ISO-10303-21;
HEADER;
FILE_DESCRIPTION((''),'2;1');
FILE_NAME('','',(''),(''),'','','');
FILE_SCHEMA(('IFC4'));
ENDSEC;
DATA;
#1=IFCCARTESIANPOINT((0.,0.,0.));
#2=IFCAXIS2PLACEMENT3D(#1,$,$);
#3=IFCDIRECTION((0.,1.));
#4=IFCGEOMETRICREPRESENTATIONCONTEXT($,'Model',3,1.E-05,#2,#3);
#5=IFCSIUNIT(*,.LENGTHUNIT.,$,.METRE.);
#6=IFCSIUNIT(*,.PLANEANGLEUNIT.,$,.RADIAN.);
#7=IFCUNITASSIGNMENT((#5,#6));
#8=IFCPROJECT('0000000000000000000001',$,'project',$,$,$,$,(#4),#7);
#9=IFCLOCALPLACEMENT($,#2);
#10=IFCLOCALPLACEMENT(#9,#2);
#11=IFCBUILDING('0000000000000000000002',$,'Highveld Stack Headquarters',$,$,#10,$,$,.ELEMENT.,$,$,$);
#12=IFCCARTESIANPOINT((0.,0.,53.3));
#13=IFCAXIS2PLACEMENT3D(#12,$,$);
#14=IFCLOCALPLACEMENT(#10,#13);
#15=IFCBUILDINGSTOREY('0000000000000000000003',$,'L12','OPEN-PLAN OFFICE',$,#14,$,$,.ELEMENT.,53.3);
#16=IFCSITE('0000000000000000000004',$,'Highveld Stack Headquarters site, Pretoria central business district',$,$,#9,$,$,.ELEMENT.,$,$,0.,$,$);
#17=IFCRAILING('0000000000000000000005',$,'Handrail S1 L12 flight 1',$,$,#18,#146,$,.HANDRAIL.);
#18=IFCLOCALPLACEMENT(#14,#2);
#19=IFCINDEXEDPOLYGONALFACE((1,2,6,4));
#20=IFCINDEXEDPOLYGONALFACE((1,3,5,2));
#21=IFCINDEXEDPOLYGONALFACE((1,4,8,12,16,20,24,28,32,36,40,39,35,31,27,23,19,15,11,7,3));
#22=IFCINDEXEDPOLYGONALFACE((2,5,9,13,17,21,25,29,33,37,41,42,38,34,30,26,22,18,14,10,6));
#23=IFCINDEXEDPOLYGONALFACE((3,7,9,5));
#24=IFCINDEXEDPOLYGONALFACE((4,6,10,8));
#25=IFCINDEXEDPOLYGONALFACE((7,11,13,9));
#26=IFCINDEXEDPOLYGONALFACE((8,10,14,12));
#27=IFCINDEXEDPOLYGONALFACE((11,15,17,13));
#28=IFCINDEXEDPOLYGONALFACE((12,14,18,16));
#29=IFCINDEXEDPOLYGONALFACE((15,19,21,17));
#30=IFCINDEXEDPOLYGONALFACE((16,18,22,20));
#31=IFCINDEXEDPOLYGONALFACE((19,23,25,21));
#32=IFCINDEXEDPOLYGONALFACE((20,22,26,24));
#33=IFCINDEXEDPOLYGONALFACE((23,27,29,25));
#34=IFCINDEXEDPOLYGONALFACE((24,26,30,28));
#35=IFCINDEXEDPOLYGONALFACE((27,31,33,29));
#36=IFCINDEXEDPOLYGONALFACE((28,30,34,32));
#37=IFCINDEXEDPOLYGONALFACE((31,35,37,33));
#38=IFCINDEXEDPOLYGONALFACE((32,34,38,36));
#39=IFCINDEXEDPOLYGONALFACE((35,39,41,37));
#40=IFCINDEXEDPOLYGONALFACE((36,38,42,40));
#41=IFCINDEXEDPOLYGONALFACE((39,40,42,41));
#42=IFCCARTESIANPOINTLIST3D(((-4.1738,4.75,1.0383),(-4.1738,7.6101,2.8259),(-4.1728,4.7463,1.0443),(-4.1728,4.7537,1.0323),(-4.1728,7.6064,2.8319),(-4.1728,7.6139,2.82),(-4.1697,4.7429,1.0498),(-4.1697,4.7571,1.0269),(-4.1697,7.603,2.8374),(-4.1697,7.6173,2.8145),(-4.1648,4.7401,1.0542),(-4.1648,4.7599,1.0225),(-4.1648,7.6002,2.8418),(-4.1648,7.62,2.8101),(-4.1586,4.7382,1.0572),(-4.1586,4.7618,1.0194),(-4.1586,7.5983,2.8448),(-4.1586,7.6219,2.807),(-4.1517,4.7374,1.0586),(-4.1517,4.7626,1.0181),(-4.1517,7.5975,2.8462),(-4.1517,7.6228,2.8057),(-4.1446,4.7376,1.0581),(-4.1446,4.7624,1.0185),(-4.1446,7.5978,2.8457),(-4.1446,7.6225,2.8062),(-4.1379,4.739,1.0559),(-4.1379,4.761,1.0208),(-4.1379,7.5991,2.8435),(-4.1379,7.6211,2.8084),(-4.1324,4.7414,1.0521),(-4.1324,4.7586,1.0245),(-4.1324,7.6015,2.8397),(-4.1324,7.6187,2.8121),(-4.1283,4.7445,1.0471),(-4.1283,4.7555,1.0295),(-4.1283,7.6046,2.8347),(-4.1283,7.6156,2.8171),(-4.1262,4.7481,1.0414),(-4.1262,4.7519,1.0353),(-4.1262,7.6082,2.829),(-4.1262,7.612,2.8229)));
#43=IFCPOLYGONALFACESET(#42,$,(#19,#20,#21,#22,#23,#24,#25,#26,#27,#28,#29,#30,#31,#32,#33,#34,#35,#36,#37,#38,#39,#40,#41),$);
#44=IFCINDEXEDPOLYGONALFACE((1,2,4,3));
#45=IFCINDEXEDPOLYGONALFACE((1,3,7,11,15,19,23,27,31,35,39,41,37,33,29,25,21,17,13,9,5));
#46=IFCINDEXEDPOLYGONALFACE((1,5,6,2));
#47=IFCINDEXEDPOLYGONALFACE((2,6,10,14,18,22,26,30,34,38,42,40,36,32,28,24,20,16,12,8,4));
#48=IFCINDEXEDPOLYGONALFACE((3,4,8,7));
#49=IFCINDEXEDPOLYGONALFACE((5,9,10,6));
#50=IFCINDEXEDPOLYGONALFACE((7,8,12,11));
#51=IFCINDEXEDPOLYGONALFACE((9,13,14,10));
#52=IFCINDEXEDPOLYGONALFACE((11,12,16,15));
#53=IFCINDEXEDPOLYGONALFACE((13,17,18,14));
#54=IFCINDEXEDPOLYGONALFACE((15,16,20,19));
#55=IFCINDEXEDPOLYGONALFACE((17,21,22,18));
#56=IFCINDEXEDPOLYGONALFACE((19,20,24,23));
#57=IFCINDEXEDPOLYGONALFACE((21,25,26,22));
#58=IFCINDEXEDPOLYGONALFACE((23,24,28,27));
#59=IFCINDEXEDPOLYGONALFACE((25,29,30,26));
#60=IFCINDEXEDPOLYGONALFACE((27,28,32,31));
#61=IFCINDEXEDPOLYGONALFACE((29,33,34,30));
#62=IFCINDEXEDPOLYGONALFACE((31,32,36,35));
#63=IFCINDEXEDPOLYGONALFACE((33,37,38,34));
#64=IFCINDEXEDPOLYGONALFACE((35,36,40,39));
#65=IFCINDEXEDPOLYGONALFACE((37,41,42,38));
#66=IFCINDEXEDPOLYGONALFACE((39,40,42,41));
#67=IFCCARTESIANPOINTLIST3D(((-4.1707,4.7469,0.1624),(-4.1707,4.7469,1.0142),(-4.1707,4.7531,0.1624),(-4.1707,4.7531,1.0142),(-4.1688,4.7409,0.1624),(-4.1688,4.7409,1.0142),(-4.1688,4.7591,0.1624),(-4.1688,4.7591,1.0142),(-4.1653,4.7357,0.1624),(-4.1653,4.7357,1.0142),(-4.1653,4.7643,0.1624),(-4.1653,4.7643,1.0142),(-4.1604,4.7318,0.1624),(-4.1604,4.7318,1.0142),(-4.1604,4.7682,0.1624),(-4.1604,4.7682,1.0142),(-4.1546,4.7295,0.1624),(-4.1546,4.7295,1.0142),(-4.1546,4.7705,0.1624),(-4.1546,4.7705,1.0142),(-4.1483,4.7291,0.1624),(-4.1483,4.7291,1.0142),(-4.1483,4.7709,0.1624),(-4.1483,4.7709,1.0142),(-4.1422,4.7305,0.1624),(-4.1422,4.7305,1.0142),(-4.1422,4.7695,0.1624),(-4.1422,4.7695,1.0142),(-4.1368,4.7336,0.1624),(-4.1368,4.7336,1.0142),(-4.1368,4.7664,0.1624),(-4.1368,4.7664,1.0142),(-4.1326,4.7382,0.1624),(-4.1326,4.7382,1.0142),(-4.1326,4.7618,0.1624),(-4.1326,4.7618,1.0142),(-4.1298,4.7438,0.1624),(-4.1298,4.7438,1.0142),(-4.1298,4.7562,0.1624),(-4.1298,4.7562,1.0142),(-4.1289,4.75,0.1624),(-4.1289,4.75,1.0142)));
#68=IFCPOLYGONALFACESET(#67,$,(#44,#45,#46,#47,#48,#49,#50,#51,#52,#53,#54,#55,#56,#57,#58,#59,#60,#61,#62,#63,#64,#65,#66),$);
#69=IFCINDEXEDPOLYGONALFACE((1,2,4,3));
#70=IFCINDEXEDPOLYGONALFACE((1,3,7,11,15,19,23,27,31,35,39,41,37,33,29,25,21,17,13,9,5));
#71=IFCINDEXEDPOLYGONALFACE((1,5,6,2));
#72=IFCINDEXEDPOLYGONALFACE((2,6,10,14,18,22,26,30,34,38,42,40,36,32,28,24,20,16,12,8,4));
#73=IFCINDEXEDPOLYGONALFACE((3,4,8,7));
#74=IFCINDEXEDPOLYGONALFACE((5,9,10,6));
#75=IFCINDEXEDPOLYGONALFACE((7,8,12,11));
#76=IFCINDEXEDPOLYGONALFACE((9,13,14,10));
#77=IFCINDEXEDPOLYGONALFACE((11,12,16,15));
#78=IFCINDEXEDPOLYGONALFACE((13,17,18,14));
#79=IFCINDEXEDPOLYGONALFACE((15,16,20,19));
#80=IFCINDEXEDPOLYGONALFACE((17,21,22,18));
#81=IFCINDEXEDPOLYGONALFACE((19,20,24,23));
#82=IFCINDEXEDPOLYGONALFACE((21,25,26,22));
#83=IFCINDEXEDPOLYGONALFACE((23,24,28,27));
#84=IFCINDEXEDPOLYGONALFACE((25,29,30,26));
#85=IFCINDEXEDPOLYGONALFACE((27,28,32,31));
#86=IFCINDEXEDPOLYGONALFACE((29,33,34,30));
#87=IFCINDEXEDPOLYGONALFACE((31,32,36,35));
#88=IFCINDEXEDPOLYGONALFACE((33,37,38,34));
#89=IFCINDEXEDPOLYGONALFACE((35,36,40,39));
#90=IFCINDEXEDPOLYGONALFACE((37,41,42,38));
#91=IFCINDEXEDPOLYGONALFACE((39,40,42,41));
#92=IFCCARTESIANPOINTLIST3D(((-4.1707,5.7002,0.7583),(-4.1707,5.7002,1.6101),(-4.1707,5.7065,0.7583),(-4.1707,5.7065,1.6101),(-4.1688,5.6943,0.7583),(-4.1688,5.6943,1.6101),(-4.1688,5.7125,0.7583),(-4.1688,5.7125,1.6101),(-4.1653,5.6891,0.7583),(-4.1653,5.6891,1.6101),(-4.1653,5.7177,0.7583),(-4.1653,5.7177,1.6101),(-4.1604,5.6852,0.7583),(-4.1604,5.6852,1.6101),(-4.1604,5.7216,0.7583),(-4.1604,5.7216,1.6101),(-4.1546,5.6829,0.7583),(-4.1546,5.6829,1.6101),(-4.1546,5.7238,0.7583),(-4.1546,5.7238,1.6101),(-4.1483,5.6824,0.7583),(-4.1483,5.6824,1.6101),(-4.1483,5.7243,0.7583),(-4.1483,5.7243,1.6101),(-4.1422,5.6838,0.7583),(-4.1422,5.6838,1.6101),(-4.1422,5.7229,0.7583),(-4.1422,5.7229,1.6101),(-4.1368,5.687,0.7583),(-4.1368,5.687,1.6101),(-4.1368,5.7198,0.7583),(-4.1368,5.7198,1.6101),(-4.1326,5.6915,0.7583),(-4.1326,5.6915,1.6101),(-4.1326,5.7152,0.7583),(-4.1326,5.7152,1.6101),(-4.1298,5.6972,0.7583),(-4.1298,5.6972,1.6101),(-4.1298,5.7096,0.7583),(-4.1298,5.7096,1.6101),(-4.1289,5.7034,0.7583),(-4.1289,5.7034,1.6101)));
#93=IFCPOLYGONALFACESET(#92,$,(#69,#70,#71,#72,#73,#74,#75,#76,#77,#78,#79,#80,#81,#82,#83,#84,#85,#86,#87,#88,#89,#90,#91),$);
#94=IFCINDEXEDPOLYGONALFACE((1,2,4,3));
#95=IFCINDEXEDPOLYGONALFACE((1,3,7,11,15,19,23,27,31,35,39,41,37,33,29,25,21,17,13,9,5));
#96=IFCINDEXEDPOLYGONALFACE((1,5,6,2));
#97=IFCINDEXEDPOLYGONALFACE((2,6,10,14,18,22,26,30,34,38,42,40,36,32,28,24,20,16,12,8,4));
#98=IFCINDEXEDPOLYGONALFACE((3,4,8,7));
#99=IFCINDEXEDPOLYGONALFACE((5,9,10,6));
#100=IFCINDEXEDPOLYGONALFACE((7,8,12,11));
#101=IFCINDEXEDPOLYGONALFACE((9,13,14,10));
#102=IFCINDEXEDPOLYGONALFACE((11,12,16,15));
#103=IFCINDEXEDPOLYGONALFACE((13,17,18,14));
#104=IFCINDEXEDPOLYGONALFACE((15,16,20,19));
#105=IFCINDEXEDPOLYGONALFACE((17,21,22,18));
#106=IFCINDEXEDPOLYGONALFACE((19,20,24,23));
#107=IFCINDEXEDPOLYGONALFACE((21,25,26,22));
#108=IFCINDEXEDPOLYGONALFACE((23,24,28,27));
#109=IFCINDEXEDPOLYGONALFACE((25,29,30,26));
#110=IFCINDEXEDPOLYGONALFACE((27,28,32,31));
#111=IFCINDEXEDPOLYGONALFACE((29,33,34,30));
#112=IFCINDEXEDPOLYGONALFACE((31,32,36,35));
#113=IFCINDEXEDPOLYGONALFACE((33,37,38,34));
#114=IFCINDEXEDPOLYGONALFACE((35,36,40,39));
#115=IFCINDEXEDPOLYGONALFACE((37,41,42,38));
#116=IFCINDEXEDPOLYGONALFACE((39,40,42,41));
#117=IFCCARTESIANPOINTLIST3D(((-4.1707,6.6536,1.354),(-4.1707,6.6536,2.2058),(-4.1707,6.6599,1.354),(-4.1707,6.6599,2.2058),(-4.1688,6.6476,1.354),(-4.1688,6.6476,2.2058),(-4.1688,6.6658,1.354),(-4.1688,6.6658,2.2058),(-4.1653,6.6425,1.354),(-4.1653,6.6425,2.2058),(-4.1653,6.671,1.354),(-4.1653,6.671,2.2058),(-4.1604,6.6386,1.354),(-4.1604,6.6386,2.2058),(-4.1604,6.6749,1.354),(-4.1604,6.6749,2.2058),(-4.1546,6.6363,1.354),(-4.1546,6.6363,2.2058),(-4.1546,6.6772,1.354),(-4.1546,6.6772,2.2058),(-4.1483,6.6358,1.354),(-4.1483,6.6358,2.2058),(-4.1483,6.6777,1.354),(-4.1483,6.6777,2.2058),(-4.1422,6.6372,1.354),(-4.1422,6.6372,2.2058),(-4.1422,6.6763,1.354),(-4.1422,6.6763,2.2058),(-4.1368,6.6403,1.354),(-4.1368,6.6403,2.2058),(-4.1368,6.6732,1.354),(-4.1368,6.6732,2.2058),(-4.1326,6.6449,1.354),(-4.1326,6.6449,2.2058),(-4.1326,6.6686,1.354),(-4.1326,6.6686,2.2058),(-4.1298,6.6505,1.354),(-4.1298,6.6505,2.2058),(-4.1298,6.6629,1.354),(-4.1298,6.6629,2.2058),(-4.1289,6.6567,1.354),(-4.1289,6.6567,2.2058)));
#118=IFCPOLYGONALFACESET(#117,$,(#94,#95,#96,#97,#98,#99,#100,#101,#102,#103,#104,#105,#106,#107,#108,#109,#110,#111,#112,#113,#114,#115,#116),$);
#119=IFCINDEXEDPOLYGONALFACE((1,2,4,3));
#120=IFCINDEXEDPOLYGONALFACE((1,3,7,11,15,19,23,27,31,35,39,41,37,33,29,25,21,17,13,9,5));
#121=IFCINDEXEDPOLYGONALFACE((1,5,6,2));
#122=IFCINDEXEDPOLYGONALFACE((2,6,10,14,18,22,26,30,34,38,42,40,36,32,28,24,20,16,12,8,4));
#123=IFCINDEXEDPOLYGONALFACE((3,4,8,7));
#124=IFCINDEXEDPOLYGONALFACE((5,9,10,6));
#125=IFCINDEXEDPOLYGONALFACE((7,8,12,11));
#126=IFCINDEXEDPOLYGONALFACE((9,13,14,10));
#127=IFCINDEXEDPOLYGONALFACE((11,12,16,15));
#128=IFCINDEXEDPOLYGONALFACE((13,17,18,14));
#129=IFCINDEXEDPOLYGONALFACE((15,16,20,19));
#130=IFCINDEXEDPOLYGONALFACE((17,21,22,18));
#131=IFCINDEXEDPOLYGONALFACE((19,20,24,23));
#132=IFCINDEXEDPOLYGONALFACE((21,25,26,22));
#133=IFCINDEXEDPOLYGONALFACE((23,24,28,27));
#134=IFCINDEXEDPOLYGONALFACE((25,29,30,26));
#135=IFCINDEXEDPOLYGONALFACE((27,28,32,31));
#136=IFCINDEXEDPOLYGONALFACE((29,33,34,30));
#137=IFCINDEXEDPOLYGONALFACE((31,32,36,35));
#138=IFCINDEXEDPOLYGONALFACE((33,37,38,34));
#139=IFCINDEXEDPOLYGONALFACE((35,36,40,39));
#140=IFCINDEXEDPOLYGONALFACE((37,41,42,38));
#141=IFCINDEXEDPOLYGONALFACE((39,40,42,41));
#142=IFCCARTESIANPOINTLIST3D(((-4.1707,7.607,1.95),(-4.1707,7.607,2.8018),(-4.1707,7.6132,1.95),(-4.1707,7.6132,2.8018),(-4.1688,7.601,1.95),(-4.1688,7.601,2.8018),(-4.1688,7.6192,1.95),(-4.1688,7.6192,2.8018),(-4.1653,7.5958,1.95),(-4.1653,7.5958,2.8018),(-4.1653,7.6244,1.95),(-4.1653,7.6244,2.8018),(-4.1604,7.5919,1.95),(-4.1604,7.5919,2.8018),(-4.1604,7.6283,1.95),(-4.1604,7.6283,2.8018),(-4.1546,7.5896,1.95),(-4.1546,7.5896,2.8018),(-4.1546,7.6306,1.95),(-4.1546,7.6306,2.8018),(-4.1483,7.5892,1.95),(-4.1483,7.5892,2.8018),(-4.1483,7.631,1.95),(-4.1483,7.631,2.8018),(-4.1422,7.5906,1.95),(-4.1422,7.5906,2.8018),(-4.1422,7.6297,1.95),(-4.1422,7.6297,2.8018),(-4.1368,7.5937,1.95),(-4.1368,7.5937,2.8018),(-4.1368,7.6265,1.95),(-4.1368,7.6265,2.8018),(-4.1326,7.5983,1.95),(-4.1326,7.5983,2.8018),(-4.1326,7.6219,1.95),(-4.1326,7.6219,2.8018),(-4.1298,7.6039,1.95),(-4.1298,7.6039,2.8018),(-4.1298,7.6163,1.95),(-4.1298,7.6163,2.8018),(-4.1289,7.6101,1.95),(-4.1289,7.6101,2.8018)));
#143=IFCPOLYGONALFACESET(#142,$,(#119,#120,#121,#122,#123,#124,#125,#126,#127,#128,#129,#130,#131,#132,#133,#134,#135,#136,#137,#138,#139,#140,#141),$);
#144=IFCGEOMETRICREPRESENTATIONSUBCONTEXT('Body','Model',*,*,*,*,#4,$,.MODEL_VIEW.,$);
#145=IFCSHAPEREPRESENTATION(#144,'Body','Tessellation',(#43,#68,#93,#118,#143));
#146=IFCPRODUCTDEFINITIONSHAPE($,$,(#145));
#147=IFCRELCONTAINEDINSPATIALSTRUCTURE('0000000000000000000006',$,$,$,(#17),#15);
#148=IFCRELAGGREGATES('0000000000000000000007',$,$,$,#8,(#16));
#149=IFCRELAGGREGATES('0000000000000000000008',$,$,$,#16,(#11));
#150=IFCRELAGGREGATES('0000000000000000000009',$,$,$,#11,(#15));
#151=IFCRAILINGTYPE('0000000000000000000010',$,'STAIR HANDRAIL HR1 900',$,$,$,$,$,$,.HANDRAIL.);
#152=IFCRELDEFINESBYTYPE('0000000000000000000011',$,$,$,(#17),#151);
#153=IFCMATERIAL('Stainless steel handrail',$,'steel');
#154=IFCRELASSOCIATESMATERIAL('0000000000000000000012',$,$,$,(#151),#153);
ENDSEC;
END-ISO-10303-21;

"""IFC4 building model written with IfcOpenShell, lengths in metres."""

from ifc_helpers import new_model, si_unit, direction, frame, origin, origin_2d, place, context, subcontext, project, spatial, circle, extrude, material, type_object, element, save


model = new_model("IFC4")

# Units and contexts
model_context = context("Model", 3, precision=1e-05, world=origin(), true_north=direction((0.0, 1.0)))
body_context = subcontext(model_context, "Body", "Model", "MODEL_VIEW")
ifc_project = project(units=[si_unit("LENGTHUNIT", "METRE"), si_unit("PLANEANGLEUNIT", "RADIAN")], contexts=[model_context])

# Site, building, storey
site_placement = place(None, origin())
site = spatial("IfcSite", under=ifc_project, at=site_placement, Name="Highveld Stack Headquarters site, Pretoria central business district", CompositionType="ELEMENT", RefElevation=0.0)
building_placement = place(site_placement, origin())
building = spatial("IfcBuilding", under=site, at=building_placement, Name="Highveld Stack Headquarters", CompositionType="ELEMENT")
storey_placement = place(building_placement, frame((0.0, 0.0, 53.3)))
storey = spatial("IfcBuildingStorey", under=building, at=storey_placement, Name="L12", Description="OPEN-PLAN OFFICE", CompositionType="ELEMENT", Elevation=53.3)

# Railing
ifc_material_1 = material(Name="Stainless steel handrail", Category="steel")
railing_type = type_object("IfcRailingType", Name="STAIR HANDRAIL HR1 900", PredefinedType="HANDRAIL", material=ifc_material_1)
for number, where, name in (
    (1, (-4.1499, 4.75, 0.1624), "Handrail S1 L12 flight 1"),
):
    element("IfcRailing", number, at=place(storey_placement, frame(where)), inside=storey, type_object=railing_type, Name=name, PredefinedType="HANDRAIL", context=body_context, shape_type="SweptSolid", body=[
        extrude(circle(Radius=0.0239, at=origin_2d()), frame((0.0, 0.0, 0.876), z_axis=(0.0, 0.847994, 0.530005), x_axis=(-1.0, 0.0, 0.0)), (0.0, 0.0, 1.0), 3.3728),
        extrude(circle(Radius=0.021, at=origin_2d()), origin(), (0.0, 0.0, 1.0), 0.8518),
        extrude(circle(Radius=0.021, at=origin_2d()), frame((0.0, 0.9534, 0.5959)), (0.0, 0.0, 1.0), 0.8518),
        extrude(circle(Radius=0.021, at=origin_2d()), frame((0.0, 1.9067, 1.1917)), (0.0, 0.0, 1.0), 0.8518),
        extrude(circle(Radius=0.021, at=origin_2d()), frame((0.0, 2.8601, 1.7876)), (0.0, 0.0, 1.0), 0.8518),
    ])

save(model, "model.ifc")
